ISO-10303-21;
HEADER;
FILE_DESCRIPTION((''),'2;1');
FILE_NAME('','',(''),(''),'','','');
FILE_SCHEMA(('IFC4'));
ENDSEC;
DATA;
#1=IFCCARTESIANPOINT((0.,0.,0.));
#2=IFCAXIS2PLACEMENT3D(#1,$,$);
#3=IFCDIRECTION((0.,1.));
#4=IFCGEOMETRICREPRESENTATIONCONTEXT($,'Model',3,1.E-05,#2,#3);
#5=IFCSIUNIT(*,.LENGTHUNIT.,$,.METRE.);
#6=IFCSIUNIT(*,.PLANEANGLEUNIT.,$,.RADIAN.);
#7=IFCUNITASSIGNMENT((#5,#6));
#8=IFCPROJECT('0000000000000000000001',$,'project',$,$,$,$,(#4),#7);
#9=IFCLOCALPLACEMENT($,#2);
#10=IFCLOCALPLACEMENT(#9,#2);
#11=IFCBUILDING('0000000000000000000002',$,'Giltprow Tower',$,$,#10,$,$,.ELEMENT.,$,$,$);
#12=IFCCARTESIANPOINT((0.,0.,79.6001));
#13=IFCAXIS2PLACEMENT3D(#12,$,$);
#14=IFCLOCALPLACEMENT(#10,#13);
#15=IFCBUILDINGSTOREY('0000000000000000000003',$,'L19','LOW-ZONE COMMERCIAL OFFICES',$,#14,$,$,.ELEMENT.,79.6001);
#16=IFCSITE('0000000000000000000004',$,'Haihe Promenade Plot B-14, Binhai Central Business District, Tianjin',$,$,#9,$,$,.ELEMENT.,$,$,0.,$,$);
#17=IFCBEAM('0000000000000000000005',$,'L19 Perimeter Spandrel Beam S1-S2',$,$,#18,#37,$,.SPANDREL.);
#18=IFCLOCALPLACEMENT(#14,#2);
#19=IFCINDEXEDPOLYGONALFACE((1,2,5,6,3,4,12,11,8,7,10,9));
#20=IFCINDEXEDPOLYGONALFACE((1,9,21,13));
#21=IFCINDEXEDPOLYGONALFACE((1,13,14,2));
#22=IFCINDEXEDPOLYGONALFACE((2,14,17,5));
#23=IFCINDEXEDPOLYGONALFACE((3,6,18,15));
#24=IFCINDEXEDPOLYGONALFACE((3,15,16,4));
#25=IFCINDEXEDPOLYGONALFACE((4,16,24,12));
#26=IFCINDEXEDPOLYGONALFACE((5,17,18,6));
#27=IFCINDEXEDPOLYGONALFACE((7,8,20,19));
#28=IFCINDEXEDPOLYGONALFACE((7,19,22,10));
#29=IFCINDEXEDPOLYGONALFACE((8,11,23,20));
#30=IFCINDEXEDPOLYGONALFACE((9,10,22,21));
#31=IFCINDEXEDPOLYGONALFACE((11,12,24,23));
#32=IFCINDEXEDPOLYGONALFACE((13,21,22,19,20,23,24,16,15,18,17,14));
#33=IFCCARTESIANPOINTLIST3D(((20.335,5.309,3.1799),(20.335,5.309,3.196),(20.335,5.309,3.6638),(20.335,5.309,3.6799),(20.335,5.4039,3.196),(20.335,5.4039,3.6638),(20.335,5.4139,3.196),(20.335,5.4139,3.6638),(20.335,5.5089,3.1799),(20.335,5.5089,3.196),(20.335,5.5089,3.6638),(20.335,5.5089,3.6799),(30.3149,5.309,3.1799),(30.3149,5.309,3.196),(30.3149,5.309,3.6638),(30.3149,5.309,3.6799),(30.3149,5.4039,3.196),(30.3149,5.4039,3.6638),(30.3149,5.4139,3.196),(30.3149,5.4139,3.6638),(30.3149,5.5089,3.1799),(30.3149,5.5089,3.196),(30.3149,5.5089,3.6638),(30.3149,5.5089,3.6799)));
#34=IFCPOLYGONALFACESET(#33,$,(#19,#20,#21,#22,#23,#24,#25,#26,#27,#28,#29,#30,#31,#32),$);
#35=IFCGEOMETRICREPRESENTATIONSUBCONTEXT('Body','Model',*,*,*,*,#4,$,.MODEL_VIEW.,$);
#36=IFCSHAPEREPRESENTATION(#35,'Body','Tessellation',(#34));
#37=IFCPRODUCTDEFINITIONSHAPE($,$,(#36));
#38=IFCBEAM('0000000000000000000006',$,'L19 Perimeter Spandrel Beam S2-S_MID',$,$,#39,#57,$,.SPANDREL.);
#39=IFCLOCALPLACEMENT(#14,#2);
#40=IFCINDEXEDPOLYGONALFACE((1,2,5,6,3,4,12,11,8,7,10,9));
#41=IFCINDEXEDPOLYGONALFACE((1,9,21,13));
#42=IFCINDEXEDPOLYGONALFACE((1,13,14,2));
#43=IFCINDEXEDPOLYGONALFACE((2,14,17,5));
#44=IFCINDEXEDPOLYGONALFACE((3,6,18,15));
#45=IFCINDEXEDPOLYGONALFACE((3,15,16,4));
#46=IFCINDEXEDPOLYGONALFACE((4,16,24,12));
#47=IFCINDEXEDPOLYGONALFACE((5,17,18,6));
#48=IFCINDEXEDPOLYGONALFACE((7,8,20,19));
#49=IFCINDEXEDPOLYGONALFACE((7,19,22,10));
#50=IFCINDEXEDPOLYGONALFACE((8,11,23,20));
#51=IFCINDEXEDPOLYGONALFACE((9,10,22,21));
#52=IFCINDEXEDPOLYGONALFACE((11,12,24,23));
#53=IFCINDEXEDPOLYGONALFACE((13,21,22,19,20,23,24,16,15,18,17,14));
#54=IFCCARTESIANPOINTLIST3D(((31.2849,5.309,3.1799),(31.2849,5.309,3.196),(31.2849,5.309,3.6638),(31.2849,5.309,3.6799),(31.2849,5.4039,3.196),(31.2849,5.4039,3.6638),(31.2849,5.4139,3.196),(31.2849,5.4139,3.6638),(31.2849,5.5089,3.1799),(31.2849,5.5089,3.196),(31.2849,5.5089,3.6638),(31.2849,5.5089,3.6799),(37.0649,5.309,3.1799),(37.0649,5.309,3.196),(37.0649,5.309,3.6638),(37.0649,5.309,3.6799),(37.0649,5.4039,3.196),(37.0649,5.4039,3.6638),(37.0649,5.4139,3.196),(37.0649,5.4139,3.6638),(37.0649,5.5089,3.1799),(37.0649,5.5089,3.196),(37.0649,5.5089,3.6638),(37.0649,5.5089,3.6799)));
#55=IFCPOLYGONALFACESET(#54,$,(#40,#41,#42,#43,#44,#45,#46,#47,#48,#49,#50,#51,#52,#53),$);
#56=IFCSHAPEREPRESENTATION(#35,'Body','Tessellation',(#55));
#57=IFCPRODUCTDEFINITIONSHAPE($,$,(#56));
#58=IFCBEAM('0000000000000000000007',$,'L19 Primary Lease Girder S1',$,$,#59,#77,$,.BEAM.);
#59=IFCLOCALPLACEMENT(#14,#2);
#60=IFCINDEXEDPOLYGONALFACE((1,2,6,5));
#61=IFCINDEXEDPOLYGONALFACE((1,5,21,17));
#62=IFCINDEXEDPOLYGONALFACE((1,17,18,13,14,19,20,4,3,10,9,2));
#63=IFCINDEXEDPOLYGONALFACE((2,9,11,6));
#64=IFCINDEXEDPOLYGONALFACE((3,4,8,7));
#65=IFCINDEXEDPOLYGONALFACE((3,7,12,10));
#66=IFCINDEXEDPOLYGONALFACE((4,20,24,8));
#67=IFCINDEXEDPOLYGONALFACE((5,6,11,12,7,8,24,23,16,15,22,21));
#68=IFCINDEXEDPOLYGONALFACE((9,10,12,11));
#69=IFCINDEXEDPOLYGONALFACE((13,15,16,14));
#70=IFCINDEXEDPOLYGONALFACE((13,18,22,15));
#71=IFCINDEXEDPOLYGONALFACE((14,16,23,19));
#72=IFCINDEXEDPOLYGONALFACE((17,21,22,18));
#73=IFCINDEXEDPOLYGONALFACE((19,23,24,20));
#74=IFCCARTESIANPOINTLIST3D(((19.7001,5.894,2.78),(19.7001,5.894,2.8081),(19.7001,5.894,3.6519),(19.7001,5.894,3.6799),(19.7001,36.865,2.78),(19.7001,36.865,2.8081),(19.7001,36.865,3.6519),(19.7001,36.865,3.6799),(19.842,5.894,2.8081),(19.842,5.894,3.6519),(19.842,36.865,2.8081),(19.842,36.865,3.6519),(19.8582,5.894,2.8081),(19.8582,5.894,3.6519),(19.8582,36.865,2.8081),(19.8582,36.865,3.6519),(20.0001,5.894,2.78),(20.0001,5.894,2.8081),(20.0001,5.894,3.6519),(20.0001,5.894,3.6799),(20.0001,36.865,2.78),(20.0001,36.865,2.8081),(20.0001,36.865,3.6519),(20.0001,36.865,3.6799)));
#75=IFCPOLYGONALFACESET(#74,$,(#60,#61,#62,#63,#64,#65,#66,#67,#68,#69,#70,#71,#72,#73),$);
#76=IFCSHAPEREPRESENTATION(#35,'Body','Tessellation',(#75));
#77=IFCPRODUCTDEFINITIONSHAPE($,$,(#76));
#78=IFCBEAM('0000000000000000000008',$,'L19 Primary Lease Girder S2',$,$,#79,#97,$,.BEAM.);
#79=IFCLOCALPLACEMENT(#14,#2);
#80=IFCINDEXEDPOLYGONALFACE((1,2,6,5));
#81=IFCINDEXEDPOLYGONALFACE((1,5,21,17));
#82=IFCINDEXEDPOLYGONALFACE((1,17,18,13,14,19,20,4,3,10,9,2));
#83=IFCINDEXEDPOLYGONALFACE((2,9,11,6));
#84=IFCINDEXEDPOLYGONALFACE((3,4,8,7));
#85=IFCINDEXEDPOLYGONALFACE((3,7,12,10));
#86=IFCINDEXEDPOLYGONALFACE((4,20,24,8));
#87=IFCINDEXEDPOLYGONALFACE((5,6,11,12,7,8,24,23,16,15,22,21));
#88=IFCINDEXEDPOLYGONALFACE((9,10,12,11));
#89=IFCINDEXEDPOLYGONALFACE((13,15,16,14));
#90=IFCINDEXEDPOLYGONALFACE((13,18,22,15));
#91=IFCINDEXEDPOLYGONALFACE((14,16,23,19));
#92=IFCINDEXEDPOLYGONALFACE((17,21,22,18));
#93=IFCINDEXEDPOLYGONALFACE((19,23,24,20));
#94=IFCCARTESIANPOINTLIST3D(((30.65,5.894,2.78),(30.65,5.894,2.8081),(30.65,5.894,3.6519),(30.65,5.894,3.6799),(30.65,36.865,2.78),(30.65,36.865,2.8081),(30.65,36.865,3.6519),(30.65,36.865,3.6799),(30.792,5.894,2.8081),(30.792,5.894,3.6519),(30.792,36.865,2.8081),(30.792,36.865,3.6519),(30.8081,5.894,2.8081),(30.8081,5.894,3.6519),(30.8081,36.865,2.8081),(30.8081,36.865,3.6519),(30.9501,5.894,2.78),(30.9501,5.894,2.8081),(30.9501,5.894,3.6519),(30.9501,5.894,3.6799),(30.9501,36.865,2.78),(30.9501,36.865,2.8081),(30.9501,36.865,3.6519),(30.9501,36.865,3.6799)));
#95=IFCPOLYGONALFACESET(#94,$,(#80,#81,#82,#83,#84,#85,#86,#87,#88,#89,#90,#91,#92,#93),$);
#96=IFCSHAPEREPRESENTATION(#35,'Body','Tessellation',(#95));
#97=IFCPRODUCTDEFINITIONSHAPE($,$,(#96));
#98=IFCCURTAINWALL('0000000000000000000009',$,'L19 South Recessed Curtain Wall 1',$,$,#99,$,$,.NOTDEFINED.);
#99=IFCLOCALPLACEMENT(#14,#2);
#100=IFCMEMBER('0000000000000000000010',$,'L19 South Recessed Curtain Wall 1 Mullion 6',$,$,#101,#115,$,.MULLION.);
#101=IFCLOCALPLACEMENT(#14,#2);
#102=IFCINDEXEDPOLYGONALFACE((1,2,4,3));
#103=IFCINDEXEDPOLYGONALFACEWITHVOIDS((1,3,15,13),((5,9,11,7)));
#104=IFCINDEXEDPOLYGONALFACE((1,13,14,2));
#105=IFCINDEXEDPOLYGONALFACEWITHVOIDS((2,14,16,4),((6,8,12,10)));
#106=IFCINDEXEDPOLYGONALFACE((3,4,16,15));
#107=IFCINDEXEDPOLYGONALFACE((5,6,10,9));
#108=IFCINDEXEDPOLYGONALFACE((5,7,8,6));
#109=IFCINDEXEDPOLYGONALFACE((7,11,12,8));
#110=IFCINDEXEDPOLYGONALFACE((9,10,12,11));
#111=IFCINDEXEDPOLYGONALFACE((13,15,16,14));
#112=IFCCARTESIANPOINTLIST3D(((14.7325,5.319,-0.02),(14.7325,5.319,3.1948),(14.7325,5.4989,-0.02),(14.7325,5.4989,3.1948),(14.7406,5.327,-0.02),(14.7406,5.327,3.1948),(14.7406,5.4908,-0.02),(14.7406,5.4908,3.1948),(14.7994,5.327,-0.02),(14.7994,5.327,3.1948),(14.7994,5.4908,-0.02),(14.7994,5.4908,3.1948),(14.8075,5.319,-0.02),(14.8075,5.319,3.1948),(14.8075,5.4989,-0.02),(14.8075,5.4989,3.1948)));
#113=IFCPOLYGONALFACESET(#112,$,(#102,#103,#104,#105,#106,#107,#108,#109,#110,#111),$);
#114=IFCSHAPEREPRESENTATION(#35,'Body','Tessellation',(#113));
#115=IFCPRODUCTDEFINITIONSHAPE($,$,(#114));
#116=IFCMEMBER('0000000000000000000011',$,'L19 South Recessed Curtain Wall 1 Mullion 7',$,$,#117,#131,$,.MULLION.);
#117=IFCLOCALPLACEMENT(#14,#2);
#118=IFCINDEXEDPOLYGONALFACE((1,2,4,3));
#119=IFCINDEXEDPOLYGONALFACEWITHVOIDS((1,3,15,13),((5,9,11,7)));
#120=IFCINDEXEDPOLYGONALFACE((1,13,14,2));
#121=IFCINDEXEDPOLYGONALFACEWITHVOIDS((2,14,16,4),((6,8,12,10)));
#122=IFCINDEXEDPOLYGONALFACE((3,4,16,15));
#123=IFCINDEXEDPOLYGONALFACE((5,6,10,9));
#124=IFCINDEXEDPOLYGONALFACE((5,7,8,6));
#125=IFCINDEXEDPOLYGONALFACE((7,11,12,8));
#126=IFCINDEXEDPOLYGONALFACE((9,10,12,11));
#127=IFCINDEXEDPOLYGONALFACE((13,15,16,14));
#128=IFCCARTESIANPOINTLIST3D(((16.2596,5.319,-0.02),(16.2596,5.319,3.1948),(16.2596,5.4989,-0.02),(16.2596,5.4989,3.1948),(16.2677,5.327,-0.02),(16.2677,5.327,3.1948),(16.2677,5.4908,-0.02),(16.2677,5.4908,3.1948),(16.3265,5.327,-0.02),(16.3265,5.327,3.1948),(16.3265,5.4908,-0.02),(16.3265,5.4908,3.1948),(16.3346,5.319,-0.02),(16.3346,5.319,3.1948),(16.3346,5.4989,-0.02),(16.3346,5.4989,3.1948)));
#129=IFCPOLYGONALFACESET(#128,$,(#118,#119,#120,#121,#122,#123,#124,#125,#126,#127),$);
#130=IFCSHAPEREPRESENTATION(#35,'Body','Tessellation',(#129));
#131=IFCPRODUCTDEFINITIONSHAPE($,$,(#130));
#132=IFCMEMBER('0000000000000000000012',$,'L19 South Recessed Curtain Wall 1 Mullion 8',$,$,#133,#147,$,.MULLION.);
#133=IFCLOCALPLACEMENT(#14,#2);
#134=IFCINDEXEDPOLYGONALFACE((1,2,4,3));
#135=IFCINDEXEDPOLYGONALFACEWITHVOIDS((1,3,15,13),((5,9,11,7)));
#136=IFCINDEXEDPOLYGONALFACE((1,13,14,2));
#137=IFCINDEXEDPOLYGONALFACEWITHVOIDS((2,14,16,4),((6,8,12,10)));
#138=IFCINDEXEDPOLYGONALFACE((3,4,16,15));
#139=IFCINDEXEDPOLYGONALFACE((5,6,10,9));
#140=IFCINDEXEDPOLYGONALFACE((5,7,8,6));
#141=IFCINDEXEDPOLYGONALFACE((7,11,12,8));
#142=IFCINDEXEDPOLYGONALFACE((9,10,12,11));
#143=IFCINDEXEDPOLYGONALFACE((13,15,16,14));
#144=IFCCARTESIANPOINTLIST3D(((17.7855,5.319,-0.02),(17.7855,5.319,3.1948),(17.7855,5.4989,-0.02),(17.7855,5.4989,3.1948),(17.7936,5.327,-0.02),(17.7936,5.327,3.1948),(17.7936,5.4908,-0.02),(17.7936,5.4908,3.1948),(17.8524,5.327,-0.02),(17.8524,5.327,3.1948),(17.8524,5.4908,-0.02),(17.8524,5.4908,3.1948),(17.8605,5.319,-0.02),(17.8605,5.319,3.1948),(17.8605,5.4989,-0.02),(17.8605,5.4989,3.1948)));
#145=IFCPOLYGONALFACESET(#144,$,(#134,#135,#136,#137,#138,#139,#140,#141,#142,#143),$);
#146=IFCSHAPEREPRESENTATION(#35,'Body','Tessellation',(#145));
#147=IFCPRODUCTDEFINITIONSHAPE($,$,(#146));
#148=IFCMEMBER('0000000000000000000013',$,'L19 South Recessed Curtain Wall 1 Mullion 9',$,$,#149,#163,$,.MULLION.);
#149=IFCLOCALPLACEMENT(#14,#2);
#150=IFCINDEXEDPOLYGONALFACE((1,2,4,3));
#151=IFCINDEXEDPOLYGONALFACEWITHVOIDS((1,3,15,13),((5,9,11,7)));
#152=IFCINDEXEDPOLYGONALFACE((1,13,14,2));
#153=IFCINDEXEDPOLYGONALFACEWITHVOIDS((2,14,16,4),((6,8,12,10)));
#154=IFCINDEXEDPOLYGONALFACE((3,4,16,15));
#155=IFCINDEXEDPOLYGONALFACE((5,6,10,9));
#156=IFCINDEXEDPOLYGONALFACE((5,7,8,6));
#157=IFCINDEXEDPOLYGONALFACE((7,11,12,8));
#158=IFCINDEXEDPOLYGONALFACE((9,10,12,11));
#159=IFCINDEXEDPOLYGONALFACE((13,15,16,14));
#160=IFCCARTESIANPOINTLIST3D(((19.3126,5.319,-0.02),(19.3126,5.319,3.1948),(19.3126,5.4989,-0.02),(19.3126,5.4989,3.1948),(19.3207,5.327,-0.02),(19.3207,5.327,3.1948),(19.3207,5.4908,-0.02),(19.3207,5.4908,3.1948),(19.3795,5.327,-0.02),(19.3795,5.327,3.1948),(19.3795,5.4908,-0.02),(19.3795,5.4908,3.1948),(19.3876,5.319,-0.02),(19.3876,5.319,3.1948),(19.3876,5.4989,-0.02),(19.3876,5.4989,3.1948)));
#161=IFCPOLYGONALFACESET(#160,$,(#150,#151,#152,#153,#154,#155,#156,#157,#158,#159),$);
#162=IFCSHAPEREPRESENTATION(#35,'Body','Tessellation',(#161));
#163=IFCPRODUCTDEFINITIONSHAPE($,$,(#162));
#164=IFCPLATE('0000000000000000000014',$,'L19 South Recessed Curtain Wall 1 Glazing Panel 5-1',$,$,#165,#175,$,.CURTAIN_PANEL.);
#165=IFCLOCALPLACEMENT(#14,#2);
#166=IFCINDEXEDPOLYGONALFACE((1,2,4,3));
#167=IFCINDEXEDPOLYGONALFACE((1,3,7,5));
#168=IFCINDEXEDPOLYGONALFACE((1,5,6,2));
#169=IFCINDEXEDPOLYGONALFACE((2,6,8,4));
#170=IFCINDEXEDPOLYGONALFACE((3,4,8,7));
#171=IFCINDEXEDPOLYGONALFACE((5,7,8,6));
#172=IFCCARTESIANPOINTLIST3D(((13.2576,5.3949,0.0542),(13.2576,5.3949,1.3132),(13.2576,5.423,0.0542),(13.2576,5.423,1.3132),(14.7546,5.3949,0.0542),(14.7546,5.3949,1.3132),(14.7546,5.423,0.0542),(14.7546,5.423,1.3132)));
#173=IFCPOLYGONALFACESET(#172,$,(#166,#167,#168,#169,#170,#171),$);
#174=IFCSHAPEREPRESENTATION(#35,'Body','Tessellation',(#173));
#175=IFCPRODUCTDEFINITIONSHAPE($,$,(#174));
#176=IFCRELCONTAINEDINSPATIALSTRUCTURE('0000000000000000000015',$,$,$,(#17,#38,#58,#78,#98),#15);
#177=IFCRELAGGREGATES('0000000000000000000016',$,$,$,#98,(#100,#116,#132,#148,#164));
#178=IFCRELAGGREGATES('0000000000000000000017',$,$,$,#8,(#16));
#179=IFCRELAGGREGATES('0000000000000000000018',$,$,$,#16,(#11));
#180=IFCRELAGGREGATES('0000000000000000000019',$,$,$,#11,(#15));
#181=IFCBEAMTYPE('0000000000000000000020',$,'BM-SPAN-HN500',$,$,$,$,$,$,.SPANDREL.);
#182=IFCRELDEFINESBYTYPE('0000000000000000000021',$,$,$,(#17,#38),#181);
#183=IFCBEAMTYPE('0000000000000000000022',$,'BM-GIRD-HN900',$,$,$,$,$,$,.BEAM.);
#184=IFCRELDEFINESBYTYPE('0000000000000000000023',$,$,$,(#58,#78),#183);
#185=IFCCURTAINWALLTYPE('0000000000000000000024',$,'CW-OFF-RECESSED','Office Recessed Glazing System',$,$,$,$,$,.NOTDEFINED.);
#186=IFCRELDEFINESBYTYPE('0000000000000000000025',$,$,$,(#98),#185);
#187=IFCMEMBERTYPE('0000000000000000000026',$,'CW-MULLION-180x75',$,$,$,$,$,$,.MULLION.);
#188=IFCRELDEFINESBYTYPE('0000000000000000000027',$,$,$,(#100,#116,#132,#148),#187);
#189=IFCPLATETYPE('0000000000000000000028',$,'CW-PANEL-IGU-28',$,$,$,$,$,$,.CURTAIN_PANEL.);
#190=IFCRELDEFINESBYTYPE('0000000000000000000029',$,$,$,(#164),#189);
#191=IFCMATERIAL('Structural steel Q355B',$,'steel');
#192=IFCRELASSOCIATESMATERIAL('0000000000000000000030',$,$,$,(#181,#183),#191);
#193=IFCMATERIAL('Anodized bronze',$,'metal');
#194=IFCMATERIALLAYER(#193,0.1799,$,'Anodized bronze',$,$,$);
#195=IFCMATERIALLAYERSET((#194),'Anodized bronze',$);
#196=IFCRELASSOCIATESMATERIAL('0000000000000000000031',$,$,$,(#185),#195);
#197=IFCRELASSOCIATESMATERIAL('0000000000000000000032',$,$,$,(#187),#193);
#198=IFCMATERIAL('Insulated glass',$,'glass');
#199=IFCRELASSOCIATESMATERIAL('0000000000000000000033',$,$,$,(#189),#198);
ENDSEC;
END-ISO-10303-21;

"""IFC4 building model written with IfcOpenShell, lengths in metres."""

from ifc_helpers import new_model, si_unit, direction, frame, origin, origin_2d, place, context, subcontext, project, spatial, rectangle, hollow_rectangle, i_section, extrude, source, transform, mapped, material, layer, layer_set, material_profile, profile_set, type_object, element, aggregate, save


model = new_model("IFC4")

# Units and contexts
model_context = context("Model", 3, precision=1e-05, world=origin(), true_north=direction((0.0, 1.0)))
body_context = subcontext(model_context, "Body", "Model", "MODEL_VIEW")
ifc_project = project(units=[si_unit("LENGTHUNIT", "METRE"), si_unit("PLANEANGLEUNIT", "RADIAN")], contexts=[model_context])

# Site, building, storey
site_placement = place(None, origin())
site = spatial("IfcSite", under=ifc_project, at=site_placement, Name="Haihe Promenade Plot B-14, Binhai Central Business District, Tianjin", CompositionType="ELEMENT", RefElevation=0.0)
building_placement = place(site_placement, origin())
building = spatial("IfcBuilding", under=site, at=building_placement, Name="Giltprow Tower", CompositionType="ELEMENT")
storey_placement = place(building_placement, frame((0.0, 0.0, 79.6001)))
storey = spatial("IfcBuildingStorey", under=building, at=storey_placement, Name="L19", Description="LOW-ZONE COMMERCIAL OFFICES", CompositionType="ELEMENT", Elevation=79.6001)

# Beams
ifc_material_1 = material(Name="Structural steel Q355B", Category="steel")
ifc_material_profile_1 = material_profile(ifc_material_1, i_section(OverallWidth=0.2, OverallDepth=0.5, WebThickness=0.01, FlangeThickness=0.0161, at=origin_2d()), Name="HN 500x200x10x16")
ifc_profile_set_1 = profile_set([ifc_material_profile_1], Name="Structural steel Q355B")
beam_type_1 = type_object("IfcBeamType", Name="BM-SPAN-HN500", PredefinedType="SPANDREL", material=ifc_profile_set_1)
shared_shape_1 = source(origin(), body_context, "Body", "SweptSolid", [
    extrude(i_section(OverallWidth=0.2, OverallDepth=0.5, WebThickness=0.01, FlangeThickness=0.0161, at=origin_2d()), origin(), (0.0, 0.0, 1.0), 9.98),
])
beam_1_placement = place(storey_placement, frame((20.335, 5.4089, 3.4299), z_axis=(1.0, 0.0, 0.0), x_axis=(0.0, 1.0, 0.0)))
element("IfcBeam", 1, at=beam_1_placement, inside=storey, type_object=beam_type_1, Name="L19 Perimeter Spandrel Beam S1-S2", PredefinedType="SPANDREL", context=body_context, shape_type="MappedRepresentation", body=[
    mapped(shared_shape_1, transform((0.0, 0.0, 0.0), x_axis=(1.0, 0.0, 0.0), y_axis=(0.0, 1.0, 0.0), z_axis=(0.0, 0.0, 1.0), scale=1.0)),
])
shared_shape_2 = source(origin(), body_context, "Body", "SweptSolid", [
    extrude(i_section(OverallWidth=0.2, OverallDepth=0.5, WebThickness=0.01, FlangeThickness=0.0161, at=origin_2d()), origin(), (0.0, 0.0, 1.0), 5.78),
])
beam_2_placement = place(storey_placement, frame((31.2849, 5.4089, 3.4299), z_axis=(1.0, 0.0, 0.0), x_axis=(0.0, 1.0, 0.0)))
element("IfcBeam", 2, at=beam_2_placement, inside=storey, type_object=beam_type_1, Name="L19 Perimeter Spandrel Beam S2-S_MID", PredefinedType="SPANDREL", context=body_context, shape_type="MappedRepresentation", body=[
    mapped(shared_shape_2, transform((0.0, 0.0, 0.0), x_axis=(1.0, 0.0, 0.0), y_axis=(0.0, 1.0, 0.0), z_axis=(0.0, 0.0, 1.0), scale=1.0)),
])
ifc_material_profile_2 = material_profile(ifc_material_1, i_section(OverallWidth=0.3, OverallDepth=0.8999, WebThickness=0.0161, FlangeThickness=0.0281, at=origin_2d()), Name="HN 900x300x16x28")
ifc_profile_set_2 = profile_set([ifc_material_profile_2], Name="Structural steel Q355B")
beam_type_2 = type_object("IfcBeamType", Name="BM-GIRD-HN900", PredefinedType="BEAM", material=ifc_profile_set_2)
shared_shape_3 = source(origin(), body_context, "Body", "SweptSolid", [
    extrude(i_section(OverallWidth=0.3, OverallDepth=0.8999, WebThickness=0.0161, FlangeThickness=0.0281, at=origin_2d()), origin(), (0.0, 0.0, 1.0), 30.9709),
])
for number, where, z_axis, x_axis, name in (
    (3, (19.8501, 5.894, 3.23), (0.0, 1.0, 0.0), (-1.0, 0.0, 0.0), "L19 Primary Lease Girder S1"),
    (4, (30.8, 5.894, 3.23), (0.0, 1.0, 0.0), (-1.0, 0.0, 0.0), "L19 Primary Lease Girder S2"),
):
    element("IfcBeam", number, at=place(storey_placement, frame(where, z_axis=z_axis, x_axis=x_axis)), inside=storey, type_object=beam_type_2, Name=name, PredefinedType="BEAM", context=body_context, shape_type="MappedRepresentation", body=[
        mapped(shared_shape_3, transform((0.0, 0.0, 0.0), x_axis=(1.0, 0.0, 0.0), y_axis=(0.0, 1.0, 0.0), z_axis=(0.0, 0.0, 1.0), scale=1.0)),
    ])

# Curtain wall, members, plate
ifc_material_2 = material(Name="Anodized bronze", Category="metal")
ifc_layer_1 = layer(ifc_material_2, 0.1799, Name="Anodized bronze")
ifc_layer_set_1 = layer_set([ifc_layer_1], Name="Anodized bronze")
curtain_wall_type = type_object("IfcCurtainWallType", Name="CW-OFF-RECESSED", Description="Office Recessed Glazing System", PredefinedType="NOTDEFINED", material=ifc_layer_set_1)
curtain_wall_placement = place(storey_placement, origin())
curtain_wall = element("IfcCurtainWall", 5, at=curtain_wall_placement, inside=storey, type_object=curtain_wall_type, Name="L19 South Recessed Curtain Wall 1", PredefinedType="NOTDEFINED")
ifc_material_profile_3 = material_profile(ifc_material_2, hollow_rectangle(XDim=0.075, YDim=0.1799, WallThickness=0.0081, at=origin_2d()), Name="RHS 180x75x8")
ifc_profile_set_3 = profile_set([ifc_material_profile_3], Name="Anodized bronze")
member_type = type_object("IfcMemberType", Name="CW-MULLION-180x75", PredefinedType="MULLION", material=ifc_profile_set_3)
shared_shape_4 = source(origin(), body_context, "Body", "SweptSolid", [
    extrude(hollow_rectangle(XDim=0.075, YDim=0.1799, WallThickness=0.0081, at=origin_2d()), origin(), (0.0, 0.0, 1.0), 3.2148),
])
member_1_placement = place(storey_placement, frame((14.77, 5.4089, -0.02), z_axis=(0.0, 0.0, 1.0), x_axis=(1.0, 0.0, 0.0)))
member_1 = element("IfcMember", 6, at=member_1_placement, type_object=member_type, Name="L19 South Recessed Curtain Wall 1 Mullion 6", PredefinedType="MULLION", context=body_context, shape_type="MappedRepresentation", body=[
    mapped(shared_shape_4, transform((0.0, 0.0, 0.0), x_axis=(1.0, 0.0, 0.0), y_axis=(0.0, 1.0, 0.0), z_axis=(0.0, 0.0, 1.0), scale=1.0)),
])
member_2_placement = place(storey_placement, frame((16.2971, 5.4089, -0.02), z_axis=(0.0, 0.0, 1.0), x_axis=(1.0, 0.0, 0.0)))
member_2 = element("IfcMember", 7, at=member_2_placement, type_object=member_type, Name="L19 South Recessed Curtain Wall 1 Mullion 7", PredefinedType="MULLION", context=body_context, shape_type="MappedRepresentation", body=[
    mapped(shared_shape_4, transform((0.0, 0.0, 0.0), x_axis=(1.0, 0.0, 0.0), y_axis=(0.0, 1.0, 0.0), z_axis=(0.0, 0.0, 1.0), scale=1.0)),
])
member_3_placement = place(storey_placement, frame((17.823, 5.4089, -0.02), z_axis=(0.0, 0.0, 1.0), x_axis=(1.0, 0.0, 0.0)))
member_3 = element("IfcMember", 8, at=member_3_placement, type_object=member_type, Name="L19 South Recessed Curtain Wall 1 Mullion 8", PredefinedType="MULLION", context=body_context, shape_type="MappedRepresentation", body=[
    mapped(shared_shape_4, transform((0.0, 0.0, 0.0), x_axis=(1.0, 0.0, 0.0), y_axis=(0.0, 1.0, 0.0), z_axis=(0.0, 0.0, 1.0), scale=1.0)),
])
member_4_placement = place(storey_placement, frame((19.3501, 5.4089, -0.02), z_axis=(0.0, 0.0, 1.0), x_axis=(1.0, 0.0, 0.0)))
member_4 = element("IfcMember", 9, at=member_4_placement, type_object=member_type, Name="L19 South Recessed Curtain Wall 1 Mullion 9", PredefinedType="MULLION", context=body_context, shape_type="MappedRepresentation", body=[
    mapped(shared_shape_4, transform((0.0, 0.0, 0.0), x_axis=(1.0, 0.0, 0.0), y_axis=(0.0, 1.0, 0.0), z_axis=(0.0, 0.0, 1.0), scale=1.0)),
])
ifc_material_3 = material(Name="Insulated glass", Category="glass")
plate_type = type_object("IfcPlateType", Name="CW-PANEL-IGU-28", PredefinedType="CURTAIN_PANEL", material=ifc_material_3)
shared_shape_5 = source(origin(), body_context, "Body", "SweptSolid", [
    extrude(rectangle(XDim=1.4971, YDim=0.0281, at=origin_2d()), origin(), (0.0, 0.0, 1.0), 1.259),
])
plate_1_placement = place(storey_placement, frame((14.0061, 5.4089, 0.0542), z_axis=(0.0, 0.0, 1.0), x_axis=(1.0, 0.0, 0.0)))
plate_1 = element("IfcPlate", 10, at=plate_1_placement, type_object=plate_type, Name="L19 South Recessed Curtain Wall 1 Glazing Panel 5-1", PredefinedType="CURTAIN_PANEL", context=body_context, shape_type="MappedRepresentation", body=[
    mapped(shared_shape_5, transform((0.0, 0.0, 0.0), x_axis=(1.0, 0.0, 0.0), y_axis=(0.0, 1.0, 0.0), z_axis=(0.0, 0.0, 1.0), scale=1.0)),
])
aggregate(curtain_wall, [member_1, member_2, member_3, member_4, plate_1])

save(model, "model.ifc")
